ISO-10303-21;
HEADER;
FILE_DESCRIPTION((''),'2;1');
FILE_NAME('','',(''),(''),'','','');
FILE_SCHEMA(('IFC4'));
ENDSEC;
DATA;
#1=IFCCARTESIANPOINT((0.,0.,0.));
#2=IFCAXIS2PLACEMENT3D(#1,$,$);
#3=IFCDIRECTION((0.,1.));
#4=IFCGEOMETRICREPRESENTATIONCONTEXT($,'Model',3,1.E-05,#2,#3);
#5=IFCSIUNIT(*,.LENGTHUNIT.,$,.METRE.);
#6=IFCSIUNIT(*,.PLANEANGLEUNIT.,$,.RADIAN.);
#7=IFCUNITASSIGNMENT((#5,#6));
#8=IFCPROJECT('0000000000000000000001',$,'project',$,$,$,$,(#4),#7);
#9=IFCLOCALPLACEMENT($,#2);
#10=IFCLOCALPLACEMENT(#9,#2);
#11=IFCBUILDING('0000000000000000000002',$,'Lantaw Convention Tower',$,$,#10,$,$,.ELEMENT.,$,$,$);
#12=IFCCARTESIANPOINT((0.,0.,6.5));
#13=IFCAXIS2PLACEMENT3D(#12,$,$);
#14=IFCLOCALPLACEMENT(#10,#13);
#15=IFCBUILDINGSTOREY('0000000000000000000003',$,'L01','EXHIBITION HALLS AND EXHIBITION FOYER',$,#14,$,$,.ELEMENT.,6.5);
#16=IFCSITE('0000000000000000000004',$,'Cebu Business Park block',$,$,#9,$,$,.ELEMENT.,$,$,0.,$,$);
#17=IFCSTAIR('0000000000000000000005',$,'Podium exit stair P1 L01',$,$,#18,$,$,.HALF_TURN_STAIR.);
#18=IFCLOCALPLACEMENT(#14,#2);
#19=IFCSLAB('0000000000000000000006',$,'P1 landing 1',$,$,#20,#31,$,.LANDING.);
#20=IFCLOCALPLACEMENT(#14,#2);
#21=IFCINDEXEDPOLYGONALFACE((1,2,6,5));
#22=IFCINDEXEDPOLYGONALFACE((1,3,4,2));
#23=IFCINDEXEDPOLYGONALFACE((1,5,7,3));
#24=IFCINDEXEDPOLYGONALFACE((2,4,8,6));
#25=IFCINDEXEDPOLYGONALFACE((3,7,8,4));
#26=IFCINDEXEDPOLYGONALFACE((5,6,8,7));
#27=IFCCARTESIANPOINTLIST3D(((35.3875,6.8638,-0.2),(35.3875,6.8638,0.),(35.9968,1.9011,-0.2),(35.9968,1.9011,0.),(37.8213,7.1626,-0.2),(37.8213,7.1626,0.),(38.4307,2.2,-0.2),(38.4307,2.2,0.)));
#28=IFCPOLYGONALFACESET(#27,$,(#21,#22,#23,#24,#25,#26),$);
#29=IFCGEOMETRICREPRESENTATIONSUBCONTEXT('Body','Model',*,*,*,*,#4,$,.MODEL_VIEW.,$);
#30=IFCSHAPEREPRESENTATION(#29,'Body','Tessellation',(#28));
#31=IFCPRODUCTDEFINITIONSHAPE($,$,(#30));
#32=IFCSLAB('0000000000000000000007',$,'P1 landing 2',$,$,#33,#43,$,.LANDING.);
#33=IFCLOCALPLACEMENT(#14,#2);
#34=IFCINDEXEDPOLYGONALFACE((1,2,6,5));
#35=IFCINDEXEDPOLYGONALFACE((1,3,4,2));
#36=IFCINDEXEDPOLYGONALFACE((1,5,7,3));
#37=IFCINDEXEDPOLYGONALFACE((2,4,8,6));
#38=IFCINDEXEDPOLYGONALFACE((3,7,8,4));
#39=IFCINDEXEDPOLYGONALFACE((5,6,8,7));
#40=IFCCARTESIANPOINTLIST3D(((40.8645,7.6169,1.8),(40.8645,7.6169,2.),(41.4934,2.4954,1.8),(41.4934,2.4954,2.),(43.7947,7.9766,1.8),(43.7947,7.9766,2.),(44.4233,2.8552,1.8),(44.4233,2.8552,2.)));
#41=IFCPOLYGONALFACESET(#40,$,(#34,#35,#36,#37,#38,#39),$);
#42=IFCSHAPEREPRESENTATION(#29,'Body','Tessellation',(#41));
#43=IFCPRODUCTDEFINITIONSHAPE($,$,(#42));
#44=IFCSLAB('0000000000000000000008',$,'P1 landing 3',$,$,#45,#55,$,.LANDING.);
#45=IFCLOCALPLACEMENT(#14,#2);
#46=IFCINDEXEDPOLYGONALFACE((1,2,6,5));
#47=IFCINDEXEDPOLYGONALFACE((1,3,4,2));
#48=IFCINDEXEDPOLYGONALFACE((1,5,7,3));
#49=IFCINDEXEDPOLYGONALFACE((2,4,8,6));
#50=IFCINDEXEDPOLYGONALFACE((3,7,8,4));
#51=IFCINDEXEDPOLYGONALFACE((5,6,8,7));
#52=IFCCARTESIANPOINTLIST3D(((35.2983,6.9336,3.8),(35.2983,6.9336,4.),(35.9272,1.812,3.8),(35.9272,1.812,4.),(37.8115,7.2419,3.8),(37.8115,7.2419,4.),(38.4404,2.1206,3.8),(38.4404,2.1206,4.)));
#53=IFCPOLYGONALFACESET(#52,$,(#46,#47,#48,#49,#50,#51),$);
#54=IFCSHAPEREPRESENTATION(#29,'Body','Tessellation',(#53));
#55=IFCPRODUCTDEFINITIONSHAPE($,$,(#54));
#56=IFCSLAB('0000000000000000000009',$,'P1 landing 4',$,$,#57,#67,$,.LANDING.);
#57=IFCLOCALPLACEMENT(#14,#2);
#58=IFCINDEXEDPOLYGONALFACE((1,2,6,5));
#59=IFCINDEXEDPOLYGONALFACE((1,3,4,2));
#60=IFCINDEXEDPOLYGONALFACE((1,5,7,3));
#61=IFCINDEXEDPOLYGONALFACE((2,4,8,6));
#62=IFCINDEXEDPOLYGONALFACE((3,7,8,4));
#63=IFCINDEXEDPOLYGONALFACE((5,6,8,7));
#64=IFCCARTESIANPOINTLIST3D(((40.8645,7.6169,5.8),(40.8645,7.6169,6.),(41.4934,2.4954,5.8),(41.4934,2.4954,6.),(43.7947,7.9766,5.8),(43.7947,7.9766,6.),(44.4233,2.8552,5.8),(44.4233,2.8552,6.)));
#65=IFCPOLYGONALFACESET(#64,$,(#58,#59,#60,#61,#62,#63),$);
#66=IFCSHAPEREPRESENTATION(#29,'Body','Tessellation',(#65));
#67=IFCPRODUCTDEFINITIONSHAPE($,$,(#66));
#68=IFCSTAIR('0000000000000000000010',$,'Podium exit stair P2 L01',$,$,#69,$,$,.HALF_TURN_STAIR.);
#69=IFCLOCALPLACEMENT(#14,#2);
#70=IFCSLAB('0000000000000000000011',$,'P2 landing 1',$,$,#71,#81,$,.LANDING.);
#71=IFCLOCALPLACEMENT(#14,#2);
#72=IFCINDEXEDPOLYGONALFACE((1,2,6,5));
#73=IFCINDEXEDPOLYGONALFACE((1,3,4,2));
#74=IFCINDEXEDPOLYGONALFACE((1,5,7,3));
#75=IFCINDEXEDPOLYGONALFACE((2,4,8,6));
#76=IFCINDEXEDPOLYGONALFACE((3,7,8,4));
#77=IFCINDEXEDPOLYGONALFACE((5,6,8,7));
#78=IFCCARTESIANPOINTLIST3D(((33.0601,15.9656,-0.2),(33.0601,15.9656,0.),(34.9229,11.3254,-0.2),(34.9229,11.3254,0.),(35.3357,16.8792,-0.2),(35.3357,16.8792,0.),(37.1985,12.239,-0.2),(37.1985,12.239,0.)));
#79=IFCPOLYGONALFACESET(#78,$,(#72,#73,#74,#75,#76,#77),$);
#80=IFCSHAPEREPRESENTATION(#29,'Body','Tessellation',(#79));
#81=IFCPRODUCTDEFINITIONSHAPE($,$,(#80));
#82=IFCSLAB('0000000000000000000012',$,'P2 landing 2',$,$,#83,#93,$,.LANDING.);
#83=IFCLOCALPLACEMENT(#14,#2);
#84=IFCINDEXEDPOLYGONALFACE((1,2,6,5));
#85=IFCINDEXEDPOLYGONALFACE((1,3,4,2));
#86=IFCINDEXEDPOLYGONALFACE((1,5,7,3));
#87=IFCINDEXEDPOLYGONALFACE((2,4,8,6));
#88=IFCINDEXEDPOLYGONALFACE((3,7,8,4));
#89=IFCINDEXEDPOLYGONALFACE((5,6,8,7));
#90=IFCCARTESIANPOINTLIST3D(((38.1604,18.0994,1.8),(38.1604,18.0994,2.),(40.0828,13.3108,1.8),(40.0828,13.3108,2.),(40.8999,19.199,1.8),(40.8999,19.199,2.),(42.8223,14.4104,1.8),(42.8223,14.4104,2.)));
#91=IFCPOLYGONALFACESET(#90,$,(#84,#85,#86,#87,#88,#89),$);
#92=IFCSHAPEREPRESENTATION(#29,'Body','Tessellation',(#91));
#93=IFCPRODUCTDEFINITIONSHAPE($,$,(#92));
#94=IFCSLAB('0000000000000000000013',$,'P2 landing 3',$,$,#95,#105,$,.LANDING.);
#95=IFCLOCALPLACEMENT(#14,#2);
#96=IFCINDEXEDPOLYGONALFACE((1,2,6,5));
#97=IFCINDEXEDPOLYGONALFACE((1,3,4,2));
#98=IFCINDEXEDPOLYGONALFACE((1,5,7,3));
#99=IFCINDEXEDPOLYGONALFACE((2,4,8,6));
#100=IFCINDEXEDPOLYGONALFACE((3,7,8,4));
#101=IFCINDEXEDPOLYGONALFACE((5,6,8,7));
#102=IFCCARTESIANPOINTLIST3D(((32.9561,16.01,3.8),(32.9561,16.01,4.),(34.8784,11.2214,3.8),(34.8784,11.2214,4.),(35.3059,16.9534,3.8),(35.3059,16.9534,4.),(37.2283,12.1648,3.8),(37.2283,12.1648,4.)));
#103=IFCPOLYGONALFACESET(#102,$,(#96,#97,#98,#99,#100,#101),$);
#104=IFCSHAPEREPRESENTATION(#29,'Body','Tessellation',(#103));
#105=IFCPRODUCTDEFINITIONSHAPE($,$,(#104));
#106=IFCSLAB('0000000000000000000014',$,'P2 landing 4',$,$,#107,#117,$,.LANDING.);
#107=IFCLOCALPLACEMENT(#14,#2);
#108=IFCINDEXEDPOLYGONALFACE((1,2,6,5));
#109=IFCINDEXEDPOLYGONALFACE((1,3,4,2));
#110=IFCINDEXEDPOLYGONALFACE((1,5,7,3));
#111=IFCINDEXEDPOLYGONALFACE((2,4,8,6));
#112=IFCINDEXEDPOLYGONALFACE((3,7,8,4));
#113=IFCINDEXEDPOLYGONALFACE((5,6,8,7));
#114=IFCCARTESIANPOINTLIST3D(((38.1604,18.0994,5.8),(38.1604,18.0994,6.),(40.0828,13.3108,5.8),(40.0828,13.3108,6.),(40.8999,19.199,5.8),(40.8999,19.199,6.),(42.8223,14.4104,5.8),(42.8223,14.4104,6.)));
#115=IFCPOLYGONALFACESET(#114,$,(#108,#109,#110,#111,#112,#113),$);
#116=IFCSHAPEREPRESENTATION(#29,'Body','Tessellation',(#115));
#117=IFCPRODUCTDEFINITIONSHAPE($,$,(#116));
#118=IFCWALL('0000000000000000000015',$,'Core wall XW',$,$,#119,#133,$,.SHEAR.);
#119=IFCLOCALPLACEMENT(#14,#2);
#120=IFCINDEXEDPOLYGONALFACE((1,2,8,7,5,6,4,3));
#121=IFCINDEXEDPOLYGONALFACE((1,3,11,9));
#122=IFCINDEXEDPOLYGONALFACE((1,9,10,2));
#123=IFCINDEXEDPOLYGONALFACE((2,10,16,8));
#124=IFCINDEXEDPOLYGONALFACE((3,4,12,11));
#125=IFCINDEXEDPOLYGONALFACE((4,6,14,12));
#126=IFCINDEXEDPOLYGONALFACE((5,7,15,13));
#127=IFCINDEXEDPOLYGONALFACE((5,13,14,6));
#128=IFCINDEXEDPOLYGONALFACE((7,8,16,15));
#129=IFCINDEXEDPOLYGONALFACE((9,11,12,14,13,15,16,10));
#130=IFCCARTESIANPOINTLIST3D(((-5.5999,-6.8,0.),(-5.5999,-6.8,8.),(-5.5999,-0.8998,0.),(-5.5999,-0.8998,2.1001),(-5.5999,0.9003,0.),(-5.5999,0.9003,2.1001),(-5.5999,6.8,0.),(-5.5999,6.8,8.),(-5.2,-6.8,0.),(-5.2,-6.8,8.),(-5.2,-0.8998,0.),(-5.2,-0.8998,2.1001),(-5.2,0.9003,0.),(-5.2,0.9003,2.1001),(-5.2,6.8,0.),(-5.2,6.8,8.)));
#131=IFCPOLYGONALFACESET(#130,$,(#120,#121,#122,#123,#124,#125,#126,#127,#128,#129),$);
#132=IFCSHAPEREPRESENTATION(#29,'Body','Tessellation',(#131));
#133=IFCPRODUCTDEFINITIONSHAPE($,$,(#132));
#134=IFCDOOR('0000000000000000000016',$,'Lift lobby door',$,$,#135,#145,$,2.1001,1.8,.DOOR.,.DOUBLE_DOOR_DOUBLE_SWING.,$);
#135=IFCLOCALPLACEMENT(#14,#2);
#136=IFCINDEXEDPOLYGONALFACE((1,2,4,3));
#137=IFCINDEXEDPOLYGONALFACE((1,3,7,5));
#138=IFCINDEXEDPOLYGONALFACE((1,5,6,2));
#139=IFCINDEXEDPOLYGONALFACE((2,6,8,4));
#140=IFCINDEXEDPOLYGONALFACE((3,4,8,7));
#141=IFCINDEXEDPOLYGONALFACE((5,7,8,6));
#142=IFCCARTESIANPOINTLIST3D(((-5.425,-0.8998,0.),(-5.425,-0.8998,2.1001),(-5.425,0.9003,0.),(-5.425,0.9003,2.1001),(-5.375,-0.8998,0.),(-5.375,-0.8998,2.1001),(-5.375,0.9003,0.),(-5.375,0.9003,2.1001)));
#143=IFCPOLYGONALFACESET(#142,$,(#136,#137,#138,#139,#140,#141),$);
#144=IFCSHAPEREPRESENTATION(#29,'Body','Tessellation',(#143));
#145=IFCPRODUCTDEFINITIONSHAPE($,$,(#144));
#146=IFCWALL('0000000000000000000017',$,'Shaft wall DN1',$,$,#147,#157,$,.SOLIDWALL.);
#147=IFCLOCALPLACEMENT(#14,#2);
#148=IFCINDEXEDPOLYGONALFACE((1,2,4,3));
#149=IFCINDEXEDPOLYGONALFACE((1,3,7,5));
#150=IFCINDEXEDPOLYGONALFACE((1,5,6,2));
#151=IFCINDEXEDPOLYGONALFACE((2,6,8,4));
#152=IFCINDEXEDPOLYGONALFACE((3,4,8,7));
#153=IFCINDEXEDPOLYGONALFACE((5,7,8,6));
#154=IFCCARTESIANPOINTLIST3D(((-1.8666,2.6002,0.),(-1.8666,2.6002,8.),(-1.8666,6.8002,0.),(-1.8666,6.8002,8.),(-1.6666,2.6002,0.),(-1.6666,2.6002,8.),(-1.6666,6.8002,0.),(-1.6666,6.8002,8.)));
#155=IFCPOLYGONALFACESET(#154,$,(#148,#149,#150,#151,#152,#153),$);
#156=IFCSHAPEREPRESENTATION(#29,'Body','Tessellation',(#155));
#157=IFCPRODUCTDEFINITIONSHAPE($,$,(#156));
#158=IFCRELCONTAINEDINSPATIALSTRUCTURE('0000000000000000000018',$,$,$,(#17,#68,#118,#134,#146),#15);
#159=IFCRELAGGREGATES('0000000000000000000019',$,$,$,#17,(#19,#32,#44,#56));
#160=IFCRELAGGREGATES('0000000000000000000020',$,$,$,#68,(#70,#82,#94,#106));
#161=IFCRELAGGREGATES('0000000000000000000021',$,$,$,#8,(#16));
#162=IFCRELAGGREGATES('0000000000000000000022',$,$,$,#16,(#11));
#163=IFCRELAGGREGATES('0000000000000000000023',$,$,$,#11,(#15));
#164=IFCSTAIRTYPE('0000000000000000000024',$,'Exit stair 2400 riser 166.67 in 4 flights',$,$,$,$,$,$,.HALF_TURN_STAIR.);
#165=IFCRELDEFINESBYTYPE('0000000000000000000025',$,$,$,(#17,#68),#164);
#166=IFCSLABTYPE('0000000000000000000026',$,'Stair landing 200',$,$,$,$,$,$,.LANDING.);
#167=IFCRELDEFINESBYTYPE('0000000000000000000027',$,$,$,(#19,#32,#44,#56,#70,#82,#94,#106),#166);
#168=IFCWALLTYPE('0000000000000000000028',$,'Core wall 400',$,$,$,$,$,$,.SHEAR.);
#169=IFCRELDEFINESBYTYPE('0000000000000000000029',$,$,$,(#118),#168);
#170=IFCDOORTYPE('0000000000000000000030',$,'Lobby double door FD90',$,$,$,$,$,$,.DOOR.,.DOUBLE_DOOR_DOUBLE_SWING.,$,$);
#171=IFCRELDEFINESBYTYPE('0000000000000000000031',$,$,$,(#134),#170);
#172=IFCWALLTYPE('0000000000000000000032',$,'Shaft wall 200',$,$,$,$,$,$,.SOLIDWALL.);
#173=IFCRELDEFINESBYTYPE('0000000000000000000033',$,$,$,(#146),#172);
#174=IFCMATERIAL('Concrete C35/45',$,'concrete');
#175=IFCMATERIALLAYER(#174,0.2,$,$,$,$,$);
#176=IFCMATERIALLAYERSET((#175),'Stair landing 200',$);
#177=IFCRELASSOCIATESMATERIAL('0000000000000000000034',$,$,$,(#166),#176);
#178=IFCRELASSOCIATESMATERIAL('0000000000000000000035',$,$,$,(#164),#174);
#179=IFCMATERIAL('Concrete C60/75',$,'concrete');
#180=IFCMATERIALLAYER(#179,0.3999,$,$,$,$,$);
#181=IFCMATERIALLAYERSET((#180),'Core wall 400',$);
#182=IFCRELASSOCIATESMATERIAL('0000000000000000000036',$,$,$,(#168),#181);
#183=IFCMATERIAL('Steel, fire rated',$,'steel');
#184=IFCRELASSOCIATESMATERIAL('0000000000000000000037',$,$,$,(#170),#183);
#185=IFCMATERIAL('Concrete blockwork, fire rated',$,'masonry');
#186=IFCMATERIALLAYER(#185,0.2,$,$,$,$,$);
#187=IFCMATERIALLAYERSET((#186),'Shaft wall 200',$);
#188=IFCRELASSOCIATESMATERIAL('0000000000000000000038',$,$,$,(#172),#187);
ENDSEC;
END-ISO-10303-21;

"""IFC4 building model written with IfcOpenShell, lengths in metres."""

from ifc_helpers import new_model, si_unit, direction, frame, frame_2d, origin, place, context, subcontext, project, spatial, polyline, rectangle, outline, extrude, material, layer, layer_set, type_object, element, fill, aggregate, save


model = new_model("IFC4")

# Units and contexts
model_context = context("Model", 3, precision=1e-05, world=origin(), true_north=direction((0.0, 1.0)))
body_context = subcontext(model_context, "Body", "Model", "MODEL_VIEW")
ifc_project = project(units=[si_unit("LENGTHUNIT", "METRE"), si_unit("PLANEANGLEUNIT", "RADIAN")], contexts=[model_context])

# Site, building, storey
site_placement = place(None, origin())
site = spatial("IfcSite", under=ifc_project, at=site_placement, Name="Cebu Business Park block", CompositionType="ELEMENT", RefElevation=0.0)
building_placement = place(site_placement, origin())
building = spatial("IfcBuilding", under=site, at=building_placement, Name="Lantaw Convention Tower", CompositionType="ELEMENT")
storey_placement = place(building_placement, frame((0.0, 0.0, 6.5)))
storey = spatial("IfcBuildingStorey", under=building, at=storey_placement, Name="L01", Description="EXHIBITION HALLS AND EXHIBITION FOYER", CompositionType="ELEMENT", Elevation=6.5)

# Stairs, slabs
ifc_material_1 = material(Name="Concrete C35/45", Category="concrete")
ifc_layer_1 = layer(ifc_material_1, 0.2)
ifc_layer_set_1 = layer_set([ifc_layer_1], Name="Stair landing 200")
slab_type = type_object("IfcSlabType", Name="Stair landing 200", PredefinedType="LANDING", material=ifc_layer_set_1)
stair_type_1 = type_object("IfcStairType", Name="Exit stair 2400 riser 166.67 in 4 flights", PredefinedType="HALF_TURN_STAIR", material=ifc_material_1)
stair_1_placement = place(storey_placement, origin())
stair_1 = element("IfcStair", 1, at=stair_1_placement, inside=storey, type_object=stair_type_1, Name="Podium exit stair P1 L01", PredefinedType="HALF_TURN_STAIR")
slab_1_placement = place(storey_placement, frame((0.0, 0.0, -0.2)))
slab_1 = element("IfcSlab", 2, at=slab_1_placement, type_object=slab_type, Name="P1 landing 1", PredefinedType="LANDING", context=body_context, shape_type="SweptSolid", body=[
    extrude(outline(polyline([(35.9968, 1.9011), (38.4307, 2.2), (37.8213, 7.1626), (35.3875, 6.8638), (35.9968, 1.9011)])), origin(), (0.0, 0.0, 1.0), 0.2),
])
slab_2_placement = place(storey_placement, frame((0.0, 0.0, 1.8)))
slab_2 = element("IfcSlab", 3, at=slab_2_placement, type_object=slab_type, Name="P1 landing 2", PredefinedType="LANDING", context=body_context, shape_type="SweptSolid", body=[
    extrude(outline(polyline([(41.4934, 2.4954), (44.4233, 2.8552), (43.7947, 7.9766), (40.8645, 7.6169), (41.4934, 2.4954)])), origin(), (0.0, 0.0, 1.0), 0.2),
])
slab_3_placement = place(storey_placement, frame((0.0, 0.0, 3.8)))
slab_3 = element("IfcSlab", 4, at=slab_3_placement, type_object=slab_type, Name="P1 landing 3", PredefinedType="LANDING", context=body_context, shape_type="SweptSolid", body=[
    extrude(outline(polyline([(35.9272, 1.812), (38.4404, 2.1206), (37.8115, 7.2419), (35.2983, 6.9336), (35.9272, 1.812)])), origin(), (0.0, 0.0, 1.0), 0.2),
])
slab_4_placement = place(storey_placement, frame((0.0, 0.0, 5.8)))
slab_4 = element("IfcSlab", 5, at=slab_4_placement, type_object=slab_type, Name="P1 landing 4", PredefinedType="LANDING", context=body_context, shape_type="SweptSolid", body=[
    extrude(outline(polyline([(41.4934, 2.4954), (44.4233, 2.8552), (43.7947, 7.9766), (40.8645, 7.6169), (41.4934, 2.4954)])), origin(), (0.0, 0.0, 1.0), 0.2),
])
aggregate(stair_1, [slab_1, slab_2, slab_3, slab_4])
stair_2_placement = place(storey_placement, origin())
stair_2 = element("IfcStair", 6, at=stair_2_placement, inside=storey, type_object=stair_type_1, Name="Podium exit stair P2 L01", PredefinedType="HALF_TURN_STAIR")
slab_5_placement = place(storey_placement, frame((0.0, 0.0, -0.2)))
slab_5 = element("IfcSlab", 7, at=slab_5_placement, type_object=slab_type, Name="P2 landing 1", PredefinedType="LANDING", context=body_context, shape_type="SweptSolid", body=[
    extrude(outline(polyline([(34.9229, 11.3254), (37.1985, 12.239), (35.3357, 16.8792), (33.0601, 15.9656), (34.9229, 11.3254)])), origin(), (0.0, 0.0, 1.0), 0.2),
])
slab_6_placement = place(storey_placement, frame((0.0, 0.0, 1.8)))
slab_6 = element("IfcSlab", 8, at=slab_6_placement, type_object=slab_type, Name="P2 landing 2", PredefinedType="LANDING", context=body_context, shape_type="SweptSolid", body=[
    extrude(outline(polyline([(40.0828, 13.3108), (42.8223, 14.4104), (40.8999, 19.199), (38.1604, 18.0994), (40.0828, 13.3108)])), origin(), (0.0, 0.0, 1.0), 0.2),
])
slab_7_placement = place(storey_placement, frame((0.0, 0.0, 3.8)))
slab_7 = element("IfcSlab", 9, at=slab_7_placement, type_object=slab_type, Name="P2 landing 3", PredefinedType="LANDING", context=body_context, shape_type="SweptSolid", body=[
    extrude(outline(polyline([(34.8784, 11.2214), (37.2283, 12.1648), (35.3059, 16.9534), (32.9561, 16.01), (34.8784, 11.2214)])), origin(), (0.0, 0.0, 1.0), 0.2),
])
slab_8_placement = place(storey_placement, frame((0.0, 0.0, 5.8)))
slab_8 = element("IfcSlab", 10, at=slab_8_placement, type_object=slab_type, Name="P2 landing 4", PredefinedType="LANDING", context=body_context, shape_type="SweptSolid", body=[
    extrude(outline(polyline([(40.0828, 13.3108), (42.8223, 14.4104), (40.8999, 19.199), (38.1604, 18.0994), (40.0828, 13.3108)])), origin(), (0.0, 0.0, 1.0), 0.2),
])
aggregate(stair_2, [slab_5, slab_6, slab_7, slab_8])

# Wall, opening, door
ifc_material_2 = material(Name="Concrete C60/75", Category="concrete")
ifc_layer_2 = layer(ifc_material_2, 0.3999)
ifc_layer_set_2 = layer_set([ifc_layer_2], Name="Core wall 400")
wall_type_1 = type_object("IfcWallType", Name="Core wall 400", PredefinedType="SHEAR", material=ifc_layer_set_2)
wall_1_placement = place(storey_placement, frame((-5.3999, 6.8, 0.0), z_axis=(0.0, 0.0, 1.0), x_axis=(0.0, -1.0, 0.0)))
wall_1 = element("IfcWall", 11, at=wall_1_placement, inside=storey, type_object=wall_type_1, Name="Core wall XW", PredefinedType="SHEAR", context=body_context, shape_type="SweptSolid", body=[
    extrude(rectangle(XDim=13.6001, YDim=0.3999, at=frame_2d((6.8, 0.0))), origin(), (0.0, 0.0, 1.0), 8.0),
])
opening_1_placement = place(wall_1_placement, frame((5.8999, 0.0, 0.0)))
opening_1 = element("IfcOpeningElement", 12, at=opening_1_placement, cuts=wall_1, PredefinedType="OPENING", context=body_context, shape_type="SweptSolid", body=[
    extrude(rectangle(XDim=1.8, YDim=2.1001, at=frame_2d((0.8999, 1.05))), frame((0.0, 0.21, 0.0), z_axis=(0.0, -1.0, 0.0), x_axis=(1.0, 0.0, 0.0)), (0.0, 0.0, 1.0), 0.4199),
])
ifc_material_3 = material(Name="Steel, fire rated", Category="steel")
door_type_1 = type_object("IfcDoorType", Name="Lobby double door FD90", OperationType="DOUBLE_DOOR_DOUBLE_SWING", PredefinedType="DOOR", material=ifc_material_3)
door_1_placement = place(opening_1_placement, origin())
door_1 = element("IfcDoor", 13, at=door_1_placement, inside=storey, type_object=door_type_1, Name="Lift lobby door", OperationType="DOUBLE_DOOR_DOUBLE_SWING", OverallHeight=2.1001, OverallWidth=1.8, PredefinedType="DOOR", context=body_context, shape_type="SweptSolid", body=[
    extrude(rectangle(XDim=1.8, YDim=2.1001, at=frame_2d((0.8999, 1.05))), frame((0.0, 0.0249, 0.0), z_axis=(0.0, -1.0, 0.0), x_axis=(1.0, 0.0, 0.0)), (0.0, 0.0, 1.0), 0.05),
])
fill(opening_1, door_1)

# Wall
ifc_material_4 = material(Name="Concrete blockwork, fire rated", Category="masonry")
ifc_layer_3 = layer(ifc_material_4, 0.2)
ifc_layer_set_3 = layer_set([ifc_layer_3], Name="Shaft wall 200")
wall_type_2 = type_object("IfcWallType", Name="Shaft wall 200", PredefinedType="SOLIDWALL", material=ifc_layer_set_3)
wall_2_placement = place(storey_placement, frame((-1.7666, 2.6001, 0.0), z_axis=(0.0, 0.0, 1.0), x_axis=(0.0, 1.0, 0.0)))
element("IfcWall", 14, at=wall_2_placement, inside=storey, type_object=wall_type_2, Name="Shaft wall DN1", PredefinedType="SOLIDWALL", context=body_context, shape_type="SweptSolid", body=[
    extrude(rectangle(XDim=4.2, YDim=0.2, at=frame_2d((2.1001, 0.0))), origin(), (0.0, 0.0, 1.0), 8.0),
])

save(model, "model.ifc")
